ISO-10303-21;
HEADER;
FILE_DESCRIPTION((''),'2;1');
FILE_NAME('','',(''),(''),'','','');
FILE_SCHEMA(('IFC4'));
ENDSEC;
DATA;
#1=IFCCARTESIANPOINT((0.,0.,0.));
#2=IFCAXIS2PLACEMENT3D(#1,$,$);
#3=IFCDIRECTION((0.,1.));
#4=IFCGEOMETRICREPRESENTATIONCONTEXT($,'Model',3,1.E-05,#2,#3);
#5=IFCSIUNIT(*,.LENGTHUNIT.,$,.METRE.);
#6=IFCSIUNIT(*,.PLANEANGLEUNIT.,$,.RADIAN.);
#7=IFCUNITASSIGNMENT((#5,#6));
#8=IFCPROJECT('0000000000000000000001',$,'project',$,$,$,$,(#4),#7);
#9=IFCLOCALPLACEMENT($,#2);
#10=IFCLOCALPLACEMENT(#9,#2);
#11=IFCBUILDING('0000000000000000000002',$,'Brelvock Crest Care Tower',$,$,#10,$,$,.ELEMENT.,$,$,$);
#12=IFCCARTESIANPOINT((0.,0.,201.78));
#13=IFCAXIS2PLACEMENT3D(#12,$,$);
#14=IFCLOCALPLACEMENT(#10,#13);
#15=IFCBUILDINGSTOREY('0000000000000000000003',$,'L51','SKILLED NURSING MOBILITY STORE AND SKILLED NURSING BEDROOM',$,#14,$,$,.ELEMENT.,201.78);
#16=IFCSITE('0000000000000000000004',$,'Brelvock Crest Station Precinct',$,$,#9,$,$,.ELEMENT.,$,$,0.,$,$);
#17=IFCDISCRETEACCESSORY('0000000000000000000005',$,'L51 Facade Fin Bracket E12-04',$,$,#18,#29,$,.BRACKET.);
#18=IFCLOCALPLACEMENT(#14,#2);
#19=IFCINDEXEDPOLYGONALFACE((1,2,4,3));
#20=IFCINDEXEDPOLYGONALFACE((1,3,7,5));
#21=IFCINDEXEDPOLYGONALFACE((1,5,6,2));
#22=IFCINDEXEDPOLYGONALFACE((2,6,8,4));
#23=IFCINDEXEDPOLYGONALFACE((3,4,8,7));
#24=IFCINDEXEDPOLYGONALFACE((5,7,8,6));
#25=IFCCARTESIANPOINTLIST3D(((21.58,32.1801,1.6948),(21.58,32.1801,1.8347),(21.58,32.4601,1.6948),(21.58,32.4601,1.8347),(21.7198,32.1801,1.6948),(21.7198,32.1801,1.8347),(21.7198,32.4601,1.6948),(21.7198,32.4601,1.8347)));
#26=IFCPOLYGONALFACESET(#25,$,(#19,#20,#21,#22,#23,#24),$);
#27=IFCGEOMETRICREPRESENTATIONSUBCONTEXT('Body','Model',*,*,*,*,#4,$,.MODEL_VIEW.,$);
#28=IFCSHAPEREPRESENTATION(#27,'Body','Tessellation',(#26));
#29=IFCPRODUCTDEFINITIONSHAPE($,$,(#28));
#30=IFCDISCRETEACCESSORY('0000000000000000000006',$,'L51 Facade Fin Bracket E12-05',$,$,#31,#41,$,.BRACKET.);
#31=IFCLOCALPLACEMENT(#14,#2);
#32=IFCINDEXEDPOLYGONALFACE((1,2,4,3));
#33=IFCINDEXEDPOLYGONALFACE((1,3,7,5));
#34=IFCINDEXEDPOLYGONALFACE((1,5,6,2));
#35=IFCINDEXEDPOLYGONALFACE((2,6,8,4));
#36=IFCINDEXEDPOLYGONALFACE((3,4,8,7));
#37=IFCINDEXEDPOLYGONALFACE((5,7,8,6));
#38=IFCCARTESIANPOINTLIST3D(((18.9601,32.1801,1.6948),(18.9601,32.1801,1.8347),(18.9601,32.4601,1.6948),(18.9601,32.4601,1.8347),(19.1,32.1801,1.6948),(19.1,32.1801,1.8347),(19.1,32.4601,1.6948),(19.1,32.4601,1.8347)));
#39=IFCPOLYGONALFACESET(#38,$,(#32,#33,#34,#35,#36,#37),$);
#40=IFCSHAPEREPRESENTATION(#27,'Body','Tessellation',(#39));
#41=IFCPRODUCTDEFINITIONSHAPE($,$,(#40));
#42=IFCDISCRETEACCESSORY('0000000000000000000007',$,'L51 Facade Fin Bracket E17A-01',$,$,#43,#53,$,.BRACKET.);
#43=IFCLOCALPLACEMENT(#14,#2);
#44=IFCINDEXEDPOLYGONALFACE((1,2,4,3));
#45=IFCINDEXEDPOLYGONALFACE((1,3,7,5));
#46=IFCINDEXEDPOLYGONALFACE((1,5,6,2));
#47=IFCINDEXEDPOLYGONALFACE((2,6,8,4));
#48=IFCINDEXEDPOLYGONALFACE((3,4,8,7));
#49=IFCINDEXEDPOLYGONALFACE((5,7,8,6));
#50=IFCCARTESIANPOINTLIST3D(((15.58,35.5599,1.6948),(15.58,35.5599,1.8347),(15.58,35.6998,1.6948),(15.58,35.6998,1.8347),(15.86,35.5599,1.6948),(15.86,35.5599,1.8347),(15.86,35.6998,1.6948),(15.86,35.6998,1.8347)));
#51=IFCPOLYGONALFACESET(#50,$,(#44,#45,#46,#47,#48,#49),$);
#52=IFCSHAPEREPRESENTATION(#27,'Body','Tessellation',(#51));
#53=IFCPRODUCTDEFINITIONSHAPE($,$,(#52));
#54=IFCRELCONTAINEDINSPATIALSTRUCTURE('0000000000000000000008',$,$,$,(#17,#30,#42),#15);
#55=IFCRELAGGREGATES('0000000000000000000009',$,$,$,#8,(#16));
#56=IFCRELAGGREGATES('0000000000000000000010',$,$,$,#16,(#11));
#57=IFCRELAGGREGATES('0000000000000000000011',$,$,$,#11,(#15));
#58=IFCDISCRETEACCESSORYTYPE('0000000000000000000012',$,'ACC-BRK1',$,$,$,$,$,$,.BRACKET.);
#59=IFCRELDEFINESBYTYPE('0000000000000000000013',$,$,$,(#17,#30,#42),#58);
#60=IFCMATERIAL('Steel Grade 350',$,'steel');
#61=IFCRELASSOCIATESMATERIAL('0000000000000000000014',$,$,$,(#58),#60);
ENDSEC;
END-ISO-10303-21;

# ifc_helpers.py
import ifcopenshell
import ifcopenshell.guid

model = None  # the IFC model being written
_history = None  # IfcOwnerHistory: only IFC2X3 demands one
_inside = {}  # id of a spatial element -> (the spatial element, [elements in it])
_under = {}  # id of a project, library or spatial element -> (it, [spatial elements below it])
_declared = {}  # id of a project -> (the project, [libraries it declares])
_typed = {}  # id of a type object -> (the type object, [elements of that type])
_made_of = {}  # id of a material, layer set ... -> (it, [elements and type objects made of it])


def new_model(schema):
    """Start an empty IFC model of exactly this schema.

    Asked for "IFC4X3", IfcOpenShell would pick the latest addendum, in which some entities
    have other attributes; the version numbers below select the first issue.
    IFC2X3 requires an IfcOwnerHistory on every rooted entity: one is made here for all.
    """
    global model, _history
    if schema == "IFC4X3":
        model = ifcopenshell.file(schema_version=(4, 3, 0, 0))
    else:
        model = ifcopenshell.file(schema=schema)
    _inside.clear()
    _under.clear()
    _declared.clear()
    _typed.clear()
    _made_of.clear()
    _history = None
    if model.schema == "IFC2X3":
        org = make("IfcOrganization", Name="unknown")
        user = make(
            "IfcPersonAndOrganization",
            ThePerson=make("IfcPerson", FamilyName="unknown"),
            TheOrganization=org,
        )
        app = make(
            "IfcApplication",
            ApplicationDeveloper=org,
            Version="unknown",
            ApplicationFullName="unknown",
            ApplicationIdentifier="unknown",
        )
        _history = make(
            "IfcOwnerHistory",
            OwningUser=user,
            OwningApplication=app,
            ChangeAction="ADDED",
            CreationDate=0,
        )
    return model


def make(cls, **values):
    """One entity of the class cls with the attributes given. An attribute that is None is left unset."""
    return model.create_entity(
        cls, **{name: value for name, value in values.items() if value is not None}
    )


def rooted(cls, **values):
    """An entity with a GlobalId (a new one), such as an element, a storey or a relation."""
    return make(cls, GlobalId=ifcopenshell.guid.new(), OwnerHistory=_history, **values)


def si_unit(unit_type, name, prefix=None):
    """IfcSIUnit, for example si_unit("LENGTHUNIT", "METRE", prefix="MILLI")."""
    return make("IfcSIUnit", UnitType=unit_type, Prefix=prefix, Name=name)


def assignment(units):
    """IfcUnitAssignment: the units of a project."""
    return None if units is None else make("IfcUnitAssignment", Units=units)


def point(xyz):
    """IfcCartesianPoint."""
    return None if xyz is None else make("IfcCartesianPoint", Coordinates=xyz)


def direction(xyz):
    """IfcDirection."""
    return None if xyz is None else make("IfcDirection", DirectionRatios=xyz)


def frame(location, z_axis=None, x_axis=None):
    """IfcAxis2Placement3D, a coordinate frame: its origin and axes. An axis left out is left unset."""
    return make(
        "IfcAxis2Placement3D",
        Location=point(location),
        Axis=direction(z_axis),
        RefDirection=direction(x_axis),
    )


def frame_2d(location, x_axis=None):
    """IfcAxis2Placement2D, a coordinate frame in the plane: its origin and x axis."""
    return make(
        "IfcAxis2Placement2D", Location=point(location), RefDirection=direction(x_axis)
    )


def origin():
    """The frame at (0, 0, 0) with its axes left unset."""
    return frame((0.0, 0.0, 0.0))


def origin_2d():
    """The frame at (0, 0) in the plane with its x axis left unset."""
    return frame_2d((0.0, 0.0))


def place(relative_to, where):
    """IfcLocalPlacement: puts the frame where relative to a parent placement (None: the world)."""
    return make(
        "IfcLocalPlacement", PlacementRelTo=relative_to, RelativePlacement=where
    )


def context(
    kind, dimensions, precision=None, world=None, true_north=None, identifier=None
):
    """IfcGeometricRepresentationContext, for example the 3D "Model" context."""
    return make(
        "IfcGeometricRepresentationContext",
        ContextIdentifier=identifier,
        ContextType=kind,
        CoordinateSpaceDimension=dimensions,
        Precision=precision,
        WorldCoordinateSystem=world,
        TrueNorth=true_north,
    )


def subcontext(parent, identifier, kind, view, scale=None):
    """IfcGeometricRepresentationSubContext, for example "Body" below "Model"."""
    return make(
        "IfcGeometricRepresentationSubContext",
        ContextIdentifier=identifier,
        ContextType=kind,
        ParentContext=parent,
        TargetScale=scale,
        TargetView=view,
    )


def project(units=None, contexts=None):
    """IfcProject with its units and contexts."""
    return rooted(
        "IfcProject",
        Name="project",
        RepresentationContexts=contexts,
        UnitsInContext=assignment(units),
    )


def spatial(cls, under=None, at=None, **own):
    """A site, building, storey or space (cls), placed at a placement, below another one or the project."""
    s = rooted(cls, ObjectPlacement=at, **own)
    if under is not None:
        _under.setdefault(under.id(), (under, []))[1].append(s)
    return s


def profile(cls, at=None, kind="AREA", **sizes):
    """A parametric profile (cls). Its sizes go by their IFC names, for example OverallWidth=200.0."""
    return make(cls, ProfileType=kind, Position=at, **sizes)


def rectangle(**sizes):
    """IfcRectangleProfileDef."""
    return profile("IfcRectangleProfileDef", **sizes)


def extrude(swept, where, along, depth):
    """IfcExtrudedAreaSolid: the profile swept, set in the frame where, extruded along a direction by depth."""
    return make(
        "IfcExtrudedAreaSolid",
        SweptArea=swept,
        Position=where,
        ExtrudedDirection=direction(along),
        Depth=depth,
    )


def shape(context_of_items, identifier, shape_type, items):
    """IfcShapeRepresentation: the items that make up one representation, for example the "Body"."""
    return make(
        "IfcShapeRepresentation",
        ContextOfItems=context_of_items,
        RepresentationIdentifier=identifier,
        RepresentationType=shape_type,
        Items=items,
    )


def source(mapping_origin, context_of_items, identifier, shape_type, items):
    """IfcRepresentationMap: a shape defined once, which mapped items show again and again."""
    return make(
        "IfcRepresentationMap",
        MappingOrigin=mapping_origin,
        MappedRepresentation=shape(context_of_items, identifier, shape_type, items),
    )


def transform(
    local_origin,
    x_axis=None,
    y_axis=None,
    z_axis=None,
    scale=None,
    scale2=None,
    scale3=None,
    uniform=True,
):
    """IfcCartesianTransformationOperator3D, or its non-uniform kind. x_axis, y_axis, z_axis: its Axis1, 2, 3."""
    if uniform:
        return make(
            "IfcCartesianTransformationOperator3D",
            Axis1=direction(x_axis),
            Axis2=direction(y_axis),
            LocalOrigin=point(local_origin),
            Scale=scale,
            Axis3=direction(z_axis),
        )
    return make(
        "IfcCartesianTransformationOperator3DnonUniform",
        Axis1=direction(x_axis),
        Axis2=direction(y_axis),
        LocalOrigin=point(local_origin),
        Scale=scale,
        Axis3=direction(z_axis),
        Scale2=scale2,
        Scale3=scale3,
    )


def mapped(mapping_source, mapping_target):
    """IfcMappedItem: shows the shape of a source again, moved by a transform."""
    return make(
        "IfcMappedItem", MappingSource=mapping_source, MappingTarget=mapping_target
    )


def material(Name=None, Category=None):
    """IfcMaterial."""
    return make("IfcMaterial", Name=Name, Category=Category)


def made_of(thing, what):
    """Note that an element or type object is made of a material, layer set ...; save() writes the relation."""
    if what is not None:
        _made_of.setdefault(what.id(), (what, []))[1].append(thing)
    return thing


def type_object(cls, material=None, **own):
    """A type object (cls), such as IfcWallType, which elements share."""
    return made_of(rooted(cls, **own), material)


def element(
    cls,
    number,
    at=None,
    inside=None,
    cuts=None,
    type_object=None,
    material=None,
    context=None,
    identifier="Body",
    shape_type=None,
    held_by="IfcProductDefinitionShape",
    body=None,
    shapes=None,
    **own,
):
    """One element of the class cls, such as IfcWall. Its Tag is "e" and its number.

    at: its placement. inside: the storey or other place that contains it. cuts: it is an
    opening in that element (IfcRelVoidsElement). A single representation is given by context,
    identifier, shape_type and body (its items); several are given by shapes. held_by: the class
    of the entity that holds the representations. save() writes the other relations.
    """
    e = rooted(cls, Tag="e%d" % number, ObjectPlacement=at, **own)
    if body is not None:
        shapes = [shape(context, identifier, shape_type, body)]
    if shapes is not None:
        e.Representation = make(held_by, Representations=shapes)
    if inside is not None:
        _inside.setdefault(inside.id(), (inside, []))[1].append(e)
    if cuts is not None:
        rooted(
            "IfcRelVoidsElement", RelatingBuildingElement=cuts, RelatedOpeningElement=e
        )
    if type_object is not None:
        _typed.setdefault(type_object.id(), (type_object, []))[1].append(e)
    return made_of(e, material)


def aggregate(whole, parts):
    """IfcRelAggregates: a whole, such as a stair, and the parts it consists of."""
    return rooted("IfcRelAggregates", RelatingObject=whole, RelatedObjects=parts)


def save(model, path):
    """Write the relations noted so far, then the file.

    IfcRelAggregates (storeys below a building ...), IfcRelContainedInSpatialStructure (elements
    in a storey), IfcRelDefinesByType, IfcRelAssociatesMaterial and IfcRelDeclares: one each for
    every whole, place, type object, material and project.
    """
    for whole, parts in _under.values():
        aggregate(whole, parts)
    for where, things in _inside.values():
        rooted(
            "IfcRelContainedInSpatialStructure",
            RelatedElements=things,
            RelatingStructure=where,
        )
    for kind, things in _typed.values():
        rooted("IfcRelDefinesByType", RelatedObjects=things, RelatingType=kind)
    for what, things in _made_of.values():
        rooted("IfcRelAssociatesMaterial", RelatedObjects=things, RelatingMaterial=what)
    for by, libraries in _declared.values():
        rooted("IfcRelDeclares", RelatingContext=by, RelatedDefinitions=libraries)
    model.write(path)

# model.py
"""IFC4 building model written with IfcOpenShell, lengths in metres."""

from ifc_helpers import new_model, si_unit, direction, frame, origin, origin_2d, place, context, subcontext, project, spatial, rectangle, extrude, source, transform, mapped, material, type_object, element, save


model = new_model("IFC4")

# Units and contexts
model_context = context("Model", 3, precision=1e-05, world=origin(), true_north=direction((0.0, 1.0)))
body_context = subcontext(model_context, "Body", "Model", "MODEL_VIEW")
ifc_project = project(units=[si_unit("LENGTHUNIT", "METRE"), si_unit("PLANEANGLEUNIT", "RADIAN")], contexts=[model_context])

# Site, building, storey
site_placement = place(None, origin())
site = spatial("IfcSite", under=ifc_project, at=site_placement, Name="Brelvock Crest Station Precinct", CompositionType="ELEMENT", RefElevation=0.0)
building_placement = place(site_placement, origin())
building = spatial("IfcBuilding", under=site, at=building_placement, Name="Brelvock Crest Care Tower", CompositionType="ELEMENT")
storey_placement = place(building_placement, frame((0.0, 0.0, 201.78)))
storey = spatial("IfcBuildingStorey", under=building, at=storey_placement, Name="L51", Description="SKILLED NURSING MOBILITY STORE AND SKILLED NURSING BEDROOM", CompositionType="ELEMENT", Elevation=201.78)

# Shared definitions
ifc_material_1 = material(Name="Steel Grade 350", Category="steel")

# Discrete accessories
discrete_accessory_type = type_object("IfcDiscreteAccessoryType", Name="ACC-BRK1", PredefinedType="BRACKET", material=ifc_material_1)
shared_shape_1 = source(origin(), body_context, "Body", "SweptSolid", [
    extrude(rectangle(XDim=0.28, YDim=0.1399, at=origin_2d()), origin(), (0.0, 0.0, 1.0), 0.1399),
])
for number, where, z_axis, x_axis, name in (
    (1, (21.6499, 32.3201, 1.6948), (0.0, 0.0, 1.0), (0.0, -1.0, 0.0), "L51 Facade Fin Bracket E12-04"),
    (2, (19.03, 32.3201, 1.6948), (0.0, 0.0, 1.0), (0.0, -1.0, 0.0), "L51 Facade Fin Bracket E12-05"),
    (3, (15.72, 35.6299, 1.6948), (0.0, 0.0, 1.0), (-1.0, 0.0, 0.0), "L51 Facade Fin Bracket E17A-01"),
):
    element("IfcDiscreteAccessory", number, at=place(storey_placement, frame(where, z_axis=z_axis, x_axis=x_axis)), inside=storey, type_object=discrete_accessory_type, Name=name, PredefinedType="BRACKET", context=body_context, shape_type="MappedRepresentation", body=[
        mapped(shared_shape_1, transform((0.0, 0.0, 0.0), x_axis=(1.0, 0.0, 0.0), y_axis=(0.0, 1.0, 0.0), z_axis=(0.0, 0.0, 1.0), scale=1.0)),
    ])

save(model, "model.ifc")
